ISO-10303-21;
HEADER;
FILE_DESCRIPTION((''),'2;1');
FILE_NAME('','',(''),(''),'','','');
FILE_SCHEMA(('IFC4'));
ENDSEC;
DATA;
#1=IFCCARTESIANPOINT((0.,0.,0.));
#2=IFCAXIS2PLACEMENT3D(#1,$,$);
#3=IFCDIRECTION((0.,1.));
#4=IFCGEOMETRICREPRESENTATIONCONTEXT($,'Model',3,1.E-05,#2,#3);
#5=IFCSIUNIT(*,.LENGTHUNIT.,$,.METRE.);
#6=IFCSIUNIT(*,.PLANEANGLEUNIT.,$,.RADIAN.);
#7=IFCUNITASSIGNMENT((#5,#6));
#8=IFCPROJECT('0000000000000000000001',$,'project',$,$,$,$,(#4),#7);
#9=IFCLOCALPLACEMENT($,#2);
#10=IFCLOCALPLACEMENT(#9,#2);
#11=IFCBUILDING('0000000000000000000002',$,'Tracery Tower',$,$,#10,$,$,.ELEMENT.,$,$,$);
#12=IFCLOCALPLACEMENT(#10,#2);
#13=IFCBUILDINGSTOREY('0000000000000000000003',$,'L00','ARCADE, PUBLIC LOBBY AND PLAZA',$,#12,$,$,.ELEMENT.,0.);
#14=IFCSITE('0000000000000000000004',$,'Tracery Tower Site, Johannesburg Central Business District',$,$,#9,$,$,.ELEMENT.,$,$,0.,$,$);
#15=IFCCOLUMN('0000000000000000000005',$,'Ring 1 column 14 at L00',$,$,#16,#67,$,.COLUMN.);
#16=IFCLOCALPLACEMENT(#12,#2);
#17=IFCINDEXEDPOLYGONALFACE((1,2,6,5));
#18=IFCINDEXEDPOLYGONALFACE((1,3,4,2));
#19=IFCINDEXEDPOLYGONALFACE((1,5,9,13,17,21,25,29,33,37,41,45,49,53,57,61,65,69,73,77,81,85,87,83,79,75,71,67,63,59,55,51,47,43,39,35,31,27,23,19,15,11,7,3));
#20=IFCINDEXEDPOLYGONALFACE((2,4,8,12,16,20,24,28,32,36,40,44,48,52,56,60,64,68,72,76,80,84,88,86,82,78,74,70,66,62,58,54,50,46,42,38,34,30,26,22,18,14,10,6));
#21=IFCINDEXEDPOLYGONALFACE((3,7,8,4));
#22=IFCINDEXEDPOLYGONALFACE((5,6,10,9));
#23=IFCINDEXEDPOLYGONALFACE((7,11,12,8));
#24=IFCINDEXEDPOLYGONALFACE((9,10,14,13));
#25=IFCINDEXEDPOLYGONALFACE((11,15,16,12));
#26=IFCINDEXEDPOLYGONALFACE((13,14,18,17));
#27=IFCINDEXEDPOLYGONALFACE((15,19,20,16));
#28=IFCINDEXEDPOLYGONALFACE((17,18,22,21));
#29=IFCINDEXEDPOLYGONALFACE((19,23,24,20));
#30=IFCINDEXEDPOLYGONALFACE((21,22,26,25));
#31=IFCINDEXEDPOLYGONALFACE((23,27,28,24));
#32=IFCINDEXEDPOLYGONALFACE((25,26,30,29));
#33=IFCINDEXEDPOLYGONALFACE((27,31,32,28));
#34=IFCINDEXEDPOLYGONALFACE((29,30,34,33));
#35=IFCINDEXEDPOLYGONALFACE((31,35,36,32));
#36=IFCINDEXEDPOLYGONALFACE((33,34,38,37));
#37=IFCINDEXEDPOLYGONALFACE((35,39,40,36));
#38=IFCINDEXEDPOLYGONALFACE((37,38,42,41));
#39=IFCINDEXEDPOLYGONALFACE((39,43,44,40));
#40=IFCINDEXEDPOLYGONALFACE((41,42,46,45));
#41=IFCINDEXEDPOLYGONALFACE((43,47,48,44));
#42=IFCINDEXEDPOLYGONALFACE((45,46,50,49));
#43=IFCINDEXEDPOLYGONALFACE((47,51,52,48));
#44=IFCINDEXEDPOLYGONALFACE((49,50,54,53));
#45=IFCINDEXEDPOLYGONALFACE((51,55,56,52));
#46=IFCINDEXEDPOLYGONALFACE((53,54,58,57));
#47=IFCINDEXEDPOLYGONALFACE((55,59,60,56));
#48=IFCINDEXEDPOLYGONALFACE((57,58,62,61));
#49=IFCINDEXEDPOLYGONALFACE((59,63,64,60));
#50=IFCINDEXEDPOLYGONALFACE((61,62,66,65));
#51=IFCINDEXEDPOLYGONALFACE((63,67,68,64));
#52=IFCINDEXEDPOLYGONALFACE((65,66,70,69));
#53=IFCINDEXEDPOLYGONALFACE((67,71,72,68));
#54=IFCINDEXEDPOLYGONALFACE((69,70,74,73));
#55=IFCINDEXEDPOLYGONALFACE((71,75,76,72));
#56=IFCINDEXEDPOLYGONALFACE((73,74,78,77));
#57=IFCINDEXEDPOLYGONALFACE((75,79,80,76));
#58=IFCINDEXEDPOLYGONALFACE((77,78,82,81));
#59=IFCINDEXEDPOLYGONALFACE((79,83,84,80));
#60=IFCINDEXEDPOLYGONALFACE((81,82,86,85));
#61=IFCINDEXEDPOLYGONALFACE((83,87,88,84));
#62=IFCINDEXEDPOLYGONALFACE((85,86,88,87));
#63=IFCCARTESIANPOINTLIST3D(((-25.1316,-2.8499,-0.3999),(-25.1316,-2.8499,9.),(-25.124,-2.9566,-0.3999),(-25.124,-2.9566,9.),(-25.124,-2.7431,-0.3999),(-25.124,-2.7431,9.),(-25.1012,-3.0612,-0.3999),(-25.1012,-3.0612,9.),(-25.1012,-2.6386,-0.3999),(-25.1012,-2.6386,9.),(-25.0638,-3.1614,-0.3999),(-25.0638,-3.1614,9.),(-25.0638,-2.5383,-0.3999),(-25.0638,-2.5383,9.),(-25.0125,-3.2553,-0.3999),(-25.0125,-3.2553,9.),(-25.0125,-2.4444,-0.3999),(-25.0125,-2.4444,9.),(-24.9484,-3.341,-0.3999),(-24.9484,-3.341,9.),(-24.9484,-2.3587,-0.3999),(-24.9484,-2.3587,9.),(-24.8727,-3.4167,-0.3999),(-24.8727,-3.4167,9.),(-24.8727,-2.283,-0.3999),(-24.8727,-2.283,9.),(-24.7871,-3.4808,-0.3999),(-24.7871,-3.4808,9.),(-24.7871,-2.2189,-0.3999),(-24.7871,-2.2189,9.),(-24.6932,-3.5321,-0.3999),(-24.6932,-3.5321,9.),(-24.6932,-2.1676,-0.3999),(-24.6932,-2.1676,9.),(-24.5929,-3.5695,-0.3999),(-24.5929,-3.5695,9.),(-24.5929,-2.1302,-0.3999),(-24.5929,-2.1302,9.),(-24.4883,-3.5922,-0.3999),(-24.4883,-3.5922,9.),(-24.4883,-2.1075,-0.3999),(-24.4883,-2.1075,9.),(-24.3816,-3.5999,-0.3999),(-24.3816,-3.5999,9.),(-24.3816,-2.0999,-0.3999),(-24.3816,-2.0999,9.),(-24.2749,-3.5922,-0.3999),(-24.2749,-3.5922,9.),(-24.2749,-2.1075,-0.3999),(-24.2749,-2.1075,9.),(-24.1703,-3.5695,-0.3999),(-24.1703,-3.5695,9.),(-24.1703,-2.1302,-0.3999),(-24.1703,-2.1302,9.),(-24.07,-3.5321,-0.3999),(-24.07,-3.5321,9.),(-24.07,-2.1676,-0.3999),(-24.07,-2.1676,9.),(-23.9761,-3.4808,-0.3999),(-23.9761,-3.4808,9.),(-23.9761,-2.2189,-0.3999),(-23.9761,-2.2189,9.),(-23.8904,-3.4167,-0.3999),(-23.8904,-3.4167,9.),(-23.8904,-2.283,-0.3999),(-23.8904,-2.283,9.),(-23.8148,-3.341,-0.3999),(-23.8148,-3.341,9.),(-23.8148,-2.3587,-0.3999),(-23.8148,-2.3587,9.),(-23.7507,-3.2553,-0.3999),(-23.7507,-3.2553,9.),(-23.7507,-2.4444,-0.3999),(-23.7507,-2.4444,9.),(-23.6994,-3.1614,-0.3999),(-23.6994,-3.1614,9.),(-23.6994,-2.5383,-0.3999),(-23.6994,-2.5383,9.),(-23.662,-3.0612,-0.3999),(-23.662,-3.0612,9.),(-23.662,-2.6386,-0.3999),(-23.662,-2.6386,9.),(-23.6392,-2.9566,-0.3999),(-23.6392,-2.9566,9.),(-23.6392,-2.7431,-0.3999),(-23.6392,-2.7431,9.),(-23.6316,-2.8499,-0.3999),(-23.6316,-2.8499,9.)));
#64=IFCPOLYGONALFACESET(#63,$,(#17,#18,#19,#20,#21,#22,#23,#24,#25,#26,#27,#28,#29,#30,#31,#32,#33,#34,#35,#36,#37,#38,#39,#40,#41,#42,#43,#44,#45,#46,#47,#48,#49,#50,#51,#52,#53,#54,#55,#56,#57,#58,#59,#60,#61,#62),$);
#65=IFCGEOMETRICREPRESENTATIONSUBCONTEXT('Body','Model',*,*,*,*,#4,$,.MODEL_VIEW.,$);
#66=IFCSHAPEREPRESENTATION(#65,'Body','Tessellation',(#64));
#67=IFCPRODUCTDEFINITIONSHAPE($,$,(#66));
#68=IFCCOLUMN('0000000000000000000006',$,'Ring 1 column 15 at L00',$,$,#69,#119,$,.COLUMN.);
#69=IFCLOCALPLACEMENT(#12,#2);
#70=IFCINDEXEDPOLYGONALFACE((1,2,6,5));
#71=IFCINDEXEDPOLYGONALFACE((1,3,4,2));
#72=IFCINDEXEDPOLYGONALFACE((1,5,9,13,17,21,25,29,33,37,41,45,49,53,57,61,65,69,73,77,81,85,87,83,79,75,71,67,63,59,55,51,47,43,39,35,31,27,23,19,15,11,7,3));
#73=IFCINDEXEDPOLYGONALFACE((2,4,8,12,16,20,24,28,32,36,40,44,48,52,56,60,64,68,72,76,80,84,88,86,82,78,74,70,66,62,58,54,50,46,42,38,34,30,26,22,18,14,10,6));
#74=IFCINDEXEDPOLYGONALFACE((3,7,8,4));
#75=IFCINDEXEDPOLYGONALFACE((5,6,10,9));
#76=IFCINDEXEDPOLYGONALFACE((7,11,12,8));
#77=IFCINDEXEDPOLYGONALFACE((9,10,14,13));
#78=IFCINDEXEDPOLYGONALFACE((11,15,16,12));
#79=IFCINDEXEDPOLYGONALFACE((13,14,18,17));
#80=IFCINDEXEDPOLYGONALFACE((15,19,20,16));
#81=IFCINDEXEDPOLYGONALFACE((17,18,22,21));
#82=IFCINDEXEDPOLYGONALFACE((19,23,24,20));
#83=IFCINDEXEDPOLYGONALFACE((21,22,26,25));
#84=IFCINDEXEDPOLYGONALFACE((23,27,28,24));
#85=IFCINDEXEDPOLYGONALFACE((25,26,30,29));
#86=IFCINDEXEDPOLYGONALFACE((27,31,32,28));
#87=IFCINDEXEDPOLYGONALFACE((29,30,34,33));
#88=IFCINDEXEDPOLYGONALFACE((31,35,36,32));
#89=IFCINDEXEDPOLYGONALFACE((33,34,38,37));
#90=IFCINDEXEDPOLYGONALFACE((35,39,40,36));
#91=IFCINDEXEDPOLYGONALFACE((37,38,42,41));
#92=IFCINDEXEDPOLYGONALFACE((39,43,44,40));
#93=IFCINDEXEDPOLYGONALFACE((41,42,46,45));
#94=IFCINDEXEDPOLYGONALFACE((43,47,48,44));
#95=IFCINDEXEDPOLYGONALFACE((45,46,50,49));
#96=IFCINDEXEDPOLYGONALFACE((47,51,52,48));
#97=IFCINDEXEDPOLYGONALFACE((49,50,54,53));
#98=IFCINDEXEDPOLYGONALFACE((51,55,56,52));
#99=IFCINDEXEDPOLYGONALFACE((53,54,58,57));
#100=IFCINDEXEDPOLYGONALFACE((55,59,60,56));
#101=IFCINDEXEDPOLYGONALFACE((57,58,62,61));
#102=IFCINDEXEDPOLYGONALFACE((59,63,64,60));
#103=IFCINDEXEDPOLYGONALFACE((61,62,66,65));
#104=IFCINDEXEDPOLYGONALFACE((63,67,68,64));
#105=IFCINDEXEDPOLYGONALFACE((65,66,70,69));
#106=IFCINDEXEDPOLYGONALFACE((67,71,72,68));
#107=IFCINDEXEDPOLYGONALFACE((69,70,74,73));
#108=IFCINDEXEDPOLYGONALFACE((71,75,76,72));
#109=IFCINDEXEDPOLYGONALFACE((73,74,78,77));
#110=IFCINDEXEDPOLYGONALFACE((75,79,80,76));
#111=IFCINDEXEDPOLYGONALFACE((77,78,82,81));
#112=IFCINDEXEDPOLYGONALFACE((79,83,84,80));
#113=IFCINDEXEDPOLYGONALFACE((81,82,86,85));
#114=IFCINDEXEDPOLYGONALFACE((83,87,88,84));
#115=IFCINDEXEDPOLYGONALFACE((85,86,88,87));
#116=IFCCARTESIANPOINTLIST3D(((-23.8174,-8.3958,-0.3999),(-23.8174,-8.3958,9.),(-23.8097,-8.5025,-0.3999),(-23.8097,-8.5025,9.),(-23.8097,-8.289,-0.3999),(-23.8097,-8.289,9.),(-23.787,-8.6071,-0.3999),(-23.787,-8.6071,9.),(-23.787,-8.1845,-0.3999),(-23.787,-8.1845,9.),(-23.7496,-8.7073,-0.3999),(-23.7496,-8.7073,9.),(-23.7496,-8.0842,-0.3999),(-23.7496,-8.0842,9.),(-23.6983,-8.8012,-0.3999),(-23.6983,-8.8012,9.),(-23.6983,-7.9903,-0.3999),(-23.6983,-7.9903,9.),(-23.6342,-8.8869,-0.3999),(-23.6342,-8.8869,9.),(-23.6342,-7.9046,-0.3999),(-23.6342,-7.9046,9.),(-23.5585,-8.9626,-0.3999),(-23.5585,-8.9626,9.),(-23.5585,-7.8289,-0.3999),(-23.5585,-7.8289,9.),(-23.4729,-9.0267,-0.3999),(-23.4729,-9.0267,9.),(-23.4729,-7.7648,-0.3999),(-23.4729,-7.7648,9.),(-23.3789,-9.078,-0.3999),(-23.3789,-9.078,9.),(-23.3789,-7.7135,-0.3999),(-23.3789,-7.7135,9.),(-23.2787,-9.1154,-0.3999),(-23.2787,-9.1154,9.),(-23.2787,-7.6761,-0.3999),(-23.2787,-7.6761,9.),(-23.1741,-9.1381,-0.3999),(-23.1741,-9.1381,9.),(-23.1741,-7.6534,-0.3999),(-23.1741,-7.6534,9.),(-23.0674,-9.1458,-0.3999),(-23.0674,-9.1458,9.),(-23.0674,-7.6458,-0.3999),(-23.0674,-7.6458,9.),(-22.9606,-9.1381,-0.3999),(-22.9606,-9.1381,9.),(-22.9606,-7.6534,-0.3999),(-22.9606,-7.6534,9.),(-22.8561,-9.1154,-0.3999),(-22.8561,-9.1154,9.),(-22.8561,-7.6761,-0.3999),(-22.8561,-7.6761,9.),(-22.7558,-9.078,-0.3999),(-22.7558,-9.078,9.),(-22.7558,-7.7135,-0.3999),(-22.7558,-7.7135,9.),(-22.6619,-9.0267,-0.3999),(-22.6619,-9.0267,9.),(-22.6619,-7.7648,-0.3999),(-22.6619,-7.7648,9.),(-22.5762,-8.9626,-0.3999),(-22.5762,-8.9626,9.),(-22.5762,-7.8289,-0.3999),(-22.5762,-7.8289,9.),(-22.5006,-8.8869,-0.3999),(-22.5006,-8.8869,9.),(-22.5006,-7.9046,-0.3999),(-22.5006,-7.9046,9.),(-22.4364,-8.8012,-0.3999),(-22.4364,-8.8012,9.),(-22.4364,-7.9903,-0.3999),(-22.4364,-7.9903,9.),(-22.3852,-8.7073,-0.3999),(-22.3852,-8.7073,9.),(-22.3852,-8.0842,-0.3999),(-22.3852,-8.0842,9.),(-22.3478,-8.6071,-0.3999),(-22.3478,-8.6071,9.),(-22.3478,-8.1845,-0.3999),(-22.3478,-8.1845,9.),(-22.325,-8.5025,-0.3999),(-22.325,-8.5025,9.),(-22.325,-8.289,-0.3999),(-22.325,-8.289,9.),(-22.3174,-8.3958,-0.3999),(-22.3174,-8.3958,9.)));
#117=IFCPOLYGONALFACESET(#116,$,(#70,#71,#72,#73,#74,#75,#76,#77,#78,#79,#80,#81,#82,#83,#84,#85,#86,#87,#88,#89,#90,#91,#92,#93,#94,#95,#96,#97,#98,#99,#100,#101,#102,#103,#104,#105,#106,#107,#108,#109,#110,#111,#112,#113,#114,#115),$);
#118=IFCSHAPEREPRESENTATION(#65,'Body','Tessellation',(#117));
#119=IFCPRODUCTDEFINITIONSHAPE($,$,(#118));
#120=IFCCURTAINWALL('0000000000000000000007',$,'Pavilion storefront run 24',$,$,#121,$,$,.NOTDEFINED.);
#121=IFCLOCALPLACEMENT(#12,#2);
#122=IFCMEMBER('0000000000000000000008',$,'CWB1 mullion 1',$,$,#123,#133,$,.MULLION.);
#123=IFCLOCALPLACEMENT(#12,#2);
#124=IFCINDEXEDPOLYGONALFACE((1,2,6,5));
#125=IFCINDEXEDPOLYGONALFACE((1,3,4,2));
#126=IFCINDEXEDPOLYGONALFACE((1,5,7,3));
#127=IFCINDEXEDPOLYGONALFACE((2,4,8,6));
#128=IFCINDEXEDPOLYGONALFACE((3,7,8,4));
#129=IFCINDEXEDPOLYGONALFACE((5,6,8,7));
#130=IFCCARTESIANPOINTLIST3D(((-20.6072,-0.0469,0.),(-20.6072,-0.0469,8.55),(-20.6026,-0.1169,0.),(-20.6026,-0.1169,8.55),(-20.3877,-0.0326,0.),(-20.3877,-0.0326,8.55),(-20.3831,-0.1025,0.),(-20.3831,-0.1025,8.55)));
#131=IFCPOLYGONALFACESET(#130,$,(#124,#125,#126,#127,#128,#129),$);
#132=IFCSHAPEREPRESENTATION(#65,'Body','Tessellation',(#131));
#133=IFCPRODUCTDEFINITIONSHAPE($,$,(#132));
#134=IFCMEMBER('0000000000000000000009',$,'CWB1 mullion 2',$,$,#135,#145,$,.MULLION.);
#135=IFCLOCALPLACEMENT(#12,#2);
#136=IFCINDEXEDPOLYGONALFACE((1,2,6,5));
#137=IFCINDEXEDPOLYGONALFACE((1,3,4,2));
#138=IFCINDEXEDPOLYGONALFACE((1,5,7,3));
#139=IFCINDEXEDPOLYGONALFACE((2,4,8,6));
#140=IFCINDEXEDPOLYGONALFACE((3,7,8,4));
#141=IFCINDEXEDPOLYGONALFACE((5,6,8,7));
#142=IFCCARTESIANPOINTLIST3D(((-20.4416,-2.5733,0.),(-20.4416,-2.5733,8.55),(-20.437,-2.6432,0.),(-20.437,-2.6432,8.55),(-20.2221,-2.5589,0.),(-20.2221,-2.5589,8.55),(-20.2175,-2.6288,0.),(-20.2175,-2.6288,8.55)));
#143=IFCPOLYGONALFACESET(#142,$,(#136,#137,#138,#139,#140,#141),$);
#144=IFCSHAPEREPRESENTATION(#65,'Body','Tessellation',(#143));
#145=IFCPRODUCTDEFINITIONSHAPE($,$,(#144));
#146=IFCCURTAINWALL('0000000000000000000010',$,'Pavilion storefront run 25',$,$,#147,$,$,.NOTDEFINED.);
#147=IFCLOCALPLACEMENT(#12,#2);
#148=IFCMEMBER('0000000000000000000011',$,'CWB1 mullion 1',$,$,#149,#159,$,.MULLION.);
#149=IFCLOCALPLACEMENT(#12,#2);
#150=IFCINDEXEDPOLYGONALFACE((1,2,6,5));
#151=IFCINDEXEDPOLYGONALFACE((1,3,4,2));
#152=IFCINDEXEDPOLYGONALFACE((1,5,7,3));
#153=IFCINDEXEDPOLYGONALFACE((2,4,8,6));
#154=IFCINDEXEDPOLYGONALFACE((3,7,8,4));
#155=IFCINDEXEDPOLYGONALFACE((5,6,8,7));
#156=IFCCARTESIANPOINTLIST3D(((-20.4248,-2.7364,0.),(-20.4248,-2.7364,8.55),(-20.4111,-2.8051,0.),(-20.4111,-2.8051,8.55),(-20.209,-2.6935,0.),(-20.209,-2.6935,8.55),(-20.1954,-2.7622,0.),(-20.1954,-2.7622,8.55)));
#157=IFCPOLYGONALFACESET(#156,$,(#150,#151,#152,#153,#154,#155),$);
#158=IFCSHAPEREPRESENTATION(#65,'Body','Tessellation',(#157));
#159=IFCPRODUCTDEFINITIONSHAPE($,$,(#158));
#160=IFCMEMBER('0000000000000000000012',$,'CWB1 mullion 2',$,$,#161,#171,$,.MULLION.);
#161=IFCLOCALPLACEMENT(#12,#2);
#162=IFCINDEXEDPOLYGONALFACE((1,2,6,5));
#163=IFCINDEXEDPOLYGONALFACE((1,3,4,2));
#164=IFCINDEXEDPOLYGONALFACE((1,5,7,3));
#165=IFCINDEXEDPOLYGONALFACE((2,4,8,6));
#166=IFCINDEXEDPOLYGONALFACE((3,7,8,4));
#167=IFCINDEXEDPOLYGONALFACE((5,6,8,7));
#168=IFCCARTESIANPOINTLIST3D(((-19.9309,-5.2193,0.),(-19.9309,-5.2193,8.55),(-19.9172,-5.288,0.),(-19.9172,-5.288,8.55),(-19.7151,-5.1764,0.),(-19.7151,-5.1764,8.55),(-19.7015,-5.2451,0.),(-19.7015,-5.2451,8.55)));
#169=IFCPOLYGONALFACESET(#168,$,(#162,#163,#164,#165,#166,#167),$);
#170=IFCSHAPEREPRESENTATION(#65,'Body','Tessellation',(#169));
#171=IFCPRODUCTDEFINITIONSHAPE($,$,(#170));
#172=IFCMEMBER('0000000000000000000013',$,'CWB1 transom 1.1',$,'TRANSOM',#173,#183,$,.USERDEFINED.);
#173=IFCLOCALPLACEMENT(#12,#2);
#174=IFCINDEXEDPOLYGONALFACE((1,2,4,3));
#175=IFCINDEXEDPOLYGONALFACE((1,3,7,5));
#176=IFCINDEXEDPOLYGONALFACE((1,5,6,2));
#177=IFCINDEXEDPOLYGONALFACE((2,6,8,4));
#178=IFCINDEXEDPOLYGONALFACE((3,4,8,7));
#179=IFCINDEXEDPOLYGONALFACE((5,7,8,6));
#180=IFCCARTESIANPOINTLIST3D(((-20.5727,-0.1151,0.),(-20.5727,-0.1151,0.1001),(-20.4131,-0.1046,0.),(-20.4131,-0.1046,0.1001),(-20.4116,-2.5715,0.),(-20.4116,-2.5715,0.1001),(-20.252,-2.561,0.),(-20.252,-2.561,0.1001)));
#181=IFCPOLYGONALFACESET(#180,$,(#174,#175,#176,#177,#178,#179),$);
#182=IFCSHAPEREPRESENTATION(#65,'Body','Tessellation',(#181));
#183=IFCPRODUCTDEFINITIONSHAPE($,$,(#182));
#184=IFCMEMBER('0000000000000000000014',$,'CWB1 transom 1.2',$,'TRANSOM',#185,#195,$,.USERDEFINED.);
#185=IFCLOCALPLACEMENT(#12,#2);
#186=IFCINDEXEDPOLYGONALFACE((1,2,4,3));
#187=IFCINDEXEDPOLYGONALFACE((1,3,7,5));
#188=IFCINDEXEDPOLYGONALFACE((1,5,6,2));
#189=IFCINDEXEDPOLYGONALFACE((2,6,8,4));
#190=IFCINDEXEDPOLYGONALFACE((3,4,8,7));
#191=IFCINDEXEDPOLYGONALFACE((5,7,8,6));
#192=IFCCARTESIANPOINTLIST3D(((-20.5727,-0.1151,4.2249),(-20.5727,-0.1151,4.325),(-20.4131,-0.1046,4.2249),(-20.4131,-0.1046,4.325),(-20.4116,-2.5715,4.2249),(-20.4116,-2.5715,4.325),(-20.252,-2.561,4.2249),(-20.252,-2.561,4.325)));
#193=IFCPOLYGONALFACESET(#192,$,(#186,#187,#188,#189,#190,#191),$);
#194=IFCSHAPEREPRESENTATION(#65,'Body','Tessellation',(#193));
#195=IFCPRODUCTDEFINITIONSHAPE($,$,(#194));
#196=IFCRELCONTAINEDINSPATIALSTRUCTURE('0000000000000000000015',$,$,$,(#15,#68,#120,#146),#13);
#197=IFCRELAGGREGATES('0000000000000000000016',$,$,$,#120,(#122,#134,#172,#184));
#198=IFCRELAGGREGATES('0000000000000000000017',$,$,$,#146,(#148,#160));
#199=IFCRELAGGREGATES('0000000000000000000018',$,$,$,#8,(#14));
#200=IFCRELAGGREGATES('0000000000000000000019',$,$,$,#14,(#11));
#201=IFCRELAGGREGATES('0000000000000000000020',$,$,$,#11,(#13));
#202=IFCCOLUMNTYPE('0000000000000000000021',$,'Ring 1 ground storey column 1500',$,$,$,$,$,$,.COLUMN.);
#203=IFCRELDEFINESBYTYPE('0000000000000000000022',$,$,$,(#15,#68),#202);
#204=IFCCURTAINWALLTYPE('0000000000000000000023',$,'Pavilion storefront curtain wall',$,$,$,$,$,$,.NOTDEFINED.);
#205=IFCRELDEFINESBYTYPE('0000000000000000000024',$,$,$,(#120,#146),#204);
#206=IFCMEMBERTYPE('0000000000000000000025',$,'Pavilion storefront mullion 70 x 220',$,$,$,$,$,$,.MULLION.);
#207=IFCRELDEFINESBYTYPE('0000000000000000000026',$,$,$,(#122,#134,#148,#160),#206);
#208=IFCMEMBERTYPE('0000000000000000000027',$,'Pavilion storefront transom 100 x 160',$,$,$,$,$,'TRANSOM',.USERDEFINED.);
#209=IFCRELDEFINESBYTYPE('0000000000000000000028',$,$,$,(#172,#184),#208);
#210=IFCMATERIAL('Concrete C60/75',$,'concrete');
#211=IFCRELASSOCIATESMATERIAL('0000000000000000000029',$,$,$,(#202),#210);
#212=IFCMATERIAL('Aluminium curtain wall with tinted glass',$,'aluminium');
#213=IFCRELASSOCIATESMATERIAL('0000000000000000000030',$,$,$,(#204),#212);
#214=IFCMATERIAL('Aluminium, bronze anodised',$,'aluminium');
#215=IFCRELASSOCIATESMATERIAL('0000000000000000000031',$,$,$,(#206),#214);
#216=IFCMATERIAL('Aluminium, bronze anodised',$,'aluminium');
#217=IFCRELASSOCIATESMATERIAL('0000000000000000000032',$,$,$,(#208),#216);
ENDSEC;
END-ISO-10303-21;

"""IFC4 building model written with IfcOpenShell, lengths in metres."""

from ifc_helpers import new_model, si_unit, direction, frame, origin, origin_2d, place, context, subcontext, project, spatial, rectangle, circle, extrude, material, material_profile, profile_set, type_object, element, aggregate, save


model = new_model("IFC4")

# Units and contexts
model_context = context("Model", 3, precision=1e-05, world=origin(), true_north=direction((0.0, 1.0)))
body_context = subcontext(model_context, "Body", "Model", "MODEL_VIEW")
ifc_project = project(units=[si_unit("LENGTHUNIT", "METRE"), si_unit("PLANEANGLEUNIT", "RADIAN")], contexts=[model_context])

# Site, building, storey
site_placement = place(None, origin())
site = spatial("IfcSite", under=ifc_project, at=site_placement, Name="Tracery Tower Site, Johannesburg Central Business District", CompositionType="ELEMENT", RefElevation=0.0)
building_placement = place(site_placement, origin())
building = spatial("IfcBuilding", under=site, at=building_placement, Name="Tracery Tower", CompositionType="ELEMENT")
storey_placement = place(building_placement, origin())
storey = spatial("IfcBuildingStorey", under=building, at=storey_placement, Name="L00", Description="ARCADE, PUBLIC LOBBY AND PLAZA", CompositionType="ELEMENT", Elevation=0.0)

# Columns
ifc_material_1 = material(Name="Concrete C60/75", Category="concrete")
ifc_material_profile_1 = material_profile(ifc_material_1, circle(Radius=0.75, at=origin_2d()), Name="RC D1500")
ifc_profile_set_1 = profile_set([ifc_material_profile_1], Name="Concrete C60/75")
column_type_1 = type_object("IfcColumnType", Name="Ring 1 ground storey column 1500", PredefinedType="COLUMN", material=ifc_profile_set_1)
for number, where, z_axis, x_axis, name in (
    (1, (-24.3816, -2.8499, -0.3999), (0.0, 0.0, 1.0), (1.0, 0.0, 0.0), "Ring 1 column 14 at L00"),
    (2, (-23.0674, -8.3958, -0.3999), (0.0, 0.0, 1.0), (1.0, 0.0, 0.0), "Ring 1 column 15 at L00"),
):
    element("IfcColumn", number, at=place(storey_placement, frame(where, z_axis=z_axis, x_axis=x_axis)), inside=storey, type_object=column_type_1, Name=name, PredefinedType="COLUMN", context=body_context, shape_type="SweptSolid", body=[
        extrude(circle(Radius=0.75, at=origin_2d()), origin(), (0.0, 0.0, 1.0), 9.3999),
    ])

# Curtain walls, members
ifc_material_2 = material(Name="Aluminium curtain wall with tinted glass", Category="aluminium")
curtain_wall_type = type_object("IfcCurtainWallType", Name="Pavilion storefront curtain wall", PredefinedType="NOTDEFINED", material=ifc_material_2)
curtain_wall_1_placement = place(storey_placement, origin())
curtain_wall_1 = element("IfcCurtainWall", 3, at=curtain_wall_1_placement, inside=storey, type_object=curtain_wall_type, Name="Pavilion storefront run 24", PredefinedType="NOTDEFINED")
ifc_material_3 = material(Name="Aluminium, bronze anodised", Category="aluminium")
ifc_material_profile_2 = material_profile(ifc_material_3, rectangle(XDim=0.22, YDim=0.0701, at=origin_2d()), Name="Pavilion storefront mullion 70 x 220")
ifc_profile_set_2 = profile_set([ifc_material_profile_2], Name="Aluminium, bronze anodised")
member_type_1 = type_object("IfcMemberType", Name="Pavilion storefront mullion 70 x 220", PredefinedType="MULLION", material=ifc_profile_set_2)
member_1_placement = place(storey_placement, frame((-20.4951, -0.0747, 0.0), z_axis=(0.0, 0.0, 1.0), x_axis=(0.997858, 0.065422, 0.0)))
member_1 = element("IfcMember", 4, at=member_1_placement, type_object=member_type_1, Name="CWB1 mullion 1", PredefinedType="MULLION", context=body_context, shape_type="SweptSolid", body=[
    extrude(rectangle(XDim=0.22, YDim=0.0701, at=origin_2d()), origin(), (0.0, 0.0, 1.0), 8.55),
])
member_2_placement = place(storey_placement, frame((-20.3296, -2.6011, 0.0), z_axis=(0.0, 0.0, 1.0), x_axis=(0.997858, 0.065422, 0.0)))
member_2 = element("IfcMember", 5, at=member_2_placement, type_object=member_type_1, Name="CWB1 mullion 2", PredefinedType="MULLION", context=body_context, shape_type="SweptSolid", body=[
    extrude(rectangle(XDim=0.22, YDim=0.0701, at=origin_2d()), origin(), (0.0, 0.0, 1.0), 8.55),
])
curtain_wall_2_placement = place(storey_placement, origin())
curtain_wall_2 = element("IfcCurtainWall", 6, at=curtain_wall_2_placement, inside=storey, type_object=curtain_wall_type, Name="Pavilion storefront run 25", PredefinedType="NOTDEFINED")
member_3_placement = place(storey_placement, frame((-20.3101, -2.7493, 0.0), z_axis=(0.0, 0.0, 1.0), x_axis=(0.980789, 0.195074, 0.0)))
member_3 = element("IfcMember", 7, at=member_3_placement, type_object=member_type_1, Name="CWB1 mullion 1", PredefinedType="MULLION", context=body_context, shape_type="SweptSolid", body=[
    extrude(rectangle(XDim=0.22, YDim=0.0701, at=origin_2d()), origin(), (0.0, 0.0, 1.0), 8.55),
])
member_4_placement = place(storey_placement, frame((-19.8162, -5.2322, 0.0), z_axis=(0.0, 0.0, 1.0), x_axis=(0.980789, 0.195074, 0.0)))
member_4 = element("IfcMember", 8, at=member_4_placement, type_object=member_type_1, Name="CWB1 mullion 2", PredefinedType="MULLION", context=body_context, shape_type="SweptSolid", body=[
    extrude(rectangle(XDim=0.22, YDim=0.0701, at=origin_2d()), origin(), (0.0, 0.0, 1.0), 8.55),
])

# Members
ifc_material_4 = material(Name="Aluminium, bronze anodised", Category="aluminium")
ifc_material_profile_3 = material_profile(ifc_material_4, rectangle(XDim=0.1599, YDim=0.1001, at=origin_2d()), Name="Pavilion storefront transom 100 x 160")
ifc_profile_set_3 = profile_set([ifc_material_profile_3], Name="Aluminium, bronze anodised")
member_type_2 = type_object("IfcMemberType", Name="Pavilion storefront transom 100 x 160", ElementType="TRANSOM", PredefinedType="USERDEFINED", material=ifc_profile_set_3)
member_5_placement = place(storey_placement, frame((-20.4929, -0.1099, 0.05), z_axis=(0.065459, -0.997855, 0.0), x_axis=(0.997855, 0.065459, 0.0)))
member_5 = element("IfcMember", 9, at=member_5_placement, type_object=member_type_2, Name="CWB1 transom 1.1", ObjectType="TRANSOM", PredefinedType="USERDEFINED", context=body_context, shape_type="SweptSolid", body=[
    extrude(rectangle(XDim=0.1599, YDim=0.1001, at=origin_2d()), origin(), (0.0, 0.0, 1.0), 2.4617),
])
member_6_placement = place(storey_placement, frame((-20.4929, -0.1099, 4.2749), z_axis=(0.065459, -0.997855, 0.0), x_axis=(0.997855, 0.065459, 0.0)))
member_6 = element("IfcMember", 10, at=member_6_placement, type_object=member_type_2, Name="CWB1 transom 1.2", ObjectType="TRANSOM", PredefinedType="USERDEFINED", context=body_context, shape_type="SweptSolid", body=[
    extrude(rectangle(XDim=0.1599, YDim=0.1001, at=origin_2d()), origin(), (0.0, 0.0, 1.0), 2.4617),
])

aggregate(curtain_wall_1, [member_1, member_2, member_5, member_6])
aggregate(curtain_wall_2, [member_3, member_4])

save(model, "model.ifc")
